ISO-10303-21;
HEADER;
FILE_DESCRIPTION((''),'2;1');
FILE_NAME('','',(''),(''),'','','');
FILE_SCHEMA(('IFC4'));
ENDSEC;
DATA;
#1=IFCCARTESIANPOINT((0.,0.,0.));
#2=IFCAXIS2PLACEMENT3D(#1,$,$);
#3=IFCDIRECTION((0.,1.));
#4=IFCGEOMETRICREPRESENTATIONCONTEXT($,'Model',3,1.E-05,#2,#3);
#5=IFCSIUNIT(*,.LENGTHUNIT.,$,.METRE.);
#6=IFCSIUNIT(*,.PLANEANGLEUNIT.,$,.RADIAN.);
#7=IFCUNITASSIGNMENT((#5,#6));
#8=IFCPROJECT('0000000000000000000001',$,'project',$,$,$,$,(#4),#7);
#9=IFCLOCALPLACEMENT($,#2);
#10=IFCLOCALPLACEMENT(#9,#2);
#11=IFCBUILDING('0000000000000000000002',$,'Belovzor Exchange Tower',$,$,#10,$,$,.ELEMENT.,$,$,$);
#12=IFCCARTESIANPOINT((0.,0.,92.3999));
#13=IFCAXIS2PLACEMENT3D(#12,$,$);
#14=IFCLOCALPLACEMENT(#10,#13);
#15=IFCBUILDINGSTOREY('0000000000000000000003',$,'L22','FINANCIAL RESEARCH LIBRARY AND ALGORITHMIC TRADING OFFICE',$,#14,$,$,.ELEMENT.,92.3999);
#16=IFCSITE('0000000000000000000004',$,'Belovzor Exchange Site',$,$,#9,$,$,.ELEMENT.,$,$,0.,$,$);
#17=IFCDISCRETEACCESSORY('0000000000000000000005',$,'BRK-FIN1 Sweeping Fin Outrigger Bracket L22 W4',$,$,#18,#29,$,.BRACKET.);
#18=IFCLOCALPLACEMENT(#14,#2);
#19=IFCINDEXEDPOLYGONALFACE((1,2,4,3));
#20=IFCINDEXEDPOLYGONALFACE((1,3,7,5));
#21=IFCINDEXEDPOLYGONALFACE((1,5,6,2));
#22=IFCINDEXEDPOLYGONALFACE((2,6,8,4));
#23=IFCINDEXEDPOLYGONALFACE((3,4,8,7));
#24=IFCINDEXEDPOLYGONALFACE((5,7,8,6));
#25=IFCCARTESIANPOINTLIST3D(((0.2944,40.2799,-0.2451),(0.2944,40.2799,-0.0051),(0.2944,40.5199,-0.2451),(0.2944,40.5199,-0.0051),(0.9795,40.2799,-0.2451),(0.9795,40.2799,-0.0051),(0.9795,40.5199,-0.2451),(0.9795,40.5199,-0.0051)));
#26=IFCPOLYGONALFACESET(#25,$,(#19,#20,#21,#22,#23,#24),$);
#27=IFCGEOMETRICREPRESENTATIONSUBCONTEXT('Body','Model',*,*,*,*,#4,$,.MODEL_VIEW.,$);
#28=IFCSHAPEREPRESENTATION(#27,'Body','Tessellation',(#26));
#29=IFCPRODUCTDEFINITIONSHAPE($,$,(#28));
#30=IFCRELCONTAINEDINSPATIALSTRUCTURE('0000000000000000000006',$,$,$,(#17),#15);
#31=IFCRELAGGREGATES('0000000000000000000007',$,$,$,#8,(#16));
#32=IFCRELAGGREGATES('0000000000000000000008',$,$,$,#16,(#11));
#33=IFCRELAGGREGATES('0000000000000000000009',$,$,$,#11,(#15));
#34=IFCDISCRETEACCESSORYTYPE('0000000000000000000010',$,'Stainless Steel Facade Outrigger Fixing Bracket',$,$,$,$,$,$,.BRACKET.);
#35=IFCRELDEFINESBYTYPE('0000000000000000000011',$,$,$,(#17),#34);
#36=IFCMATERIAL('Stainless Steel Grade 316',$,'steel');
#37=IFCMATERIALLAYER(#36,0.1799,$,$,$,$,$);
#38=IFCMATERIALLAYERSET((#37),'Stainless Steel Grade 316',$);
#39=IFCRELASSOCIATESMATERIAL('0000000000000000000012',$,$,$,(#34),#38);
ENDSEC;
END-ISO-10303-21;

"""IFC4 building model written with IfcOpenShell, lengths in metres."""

from ifc_helpers import new_model, si_unit, direction, frame, origin, origin_2d, place, context, subcontext, project, spatial, rectangle, extrude, material, layer, layer_set, type_object, element, save


model = new_model("IFC4")

# Units and contexts
model_context = context("Model", 3, precision=1e-05, world=origin(), true_north=direction((0.0, 1.0)))
body_context = subcontext(model_context, "Body", "Model", "MODEL_VIEW")
ifc_project = project(units=[si_unit("LENGTHUNIT", "METRE"), si_unit("PLANEANGLEUNIT", "RADIAN")], contexts=[model_context])

# Site, building, storey
site_placement = place(None, origin())
site = spatial("IfcSite", under=ifc_project, at=site_placement, Name="Belovzor Exchange Site", CompositionType="ELEMENT", RefElevation=0.0)
building_placement = place(site_placement, origin())
building = spatial("IfcBuilding", under=site, at=building_placement, Name="Belovzor Exchange Tower", CompositionType="ELEMENT")
storey_placement = place(building_placement, frame((0.0, 0.0, 92.3999)))
storey = spatial("IfcBuildingStorey", under=building, at=storey_placement, Name="L22", Description="FINANCIAL RESEARCH LIBRARY AND ALGORITHMIC TRADING OFFICE", CompositionType="ELEMENT", Elevation=92.3999)

# Discrete accessory
ifc_material_1 = material(Name="Stainless Steel Grade 316", Category="steel")
ifc_layer_1 = layer(ifc_material_1, 0.1799)
ifc_layer_set_1 = layer_set([ifc_layer_1], Name="Stainless Steel Grade 316")
discrete_accessory_type = type_object("IfcDiscreteAccessoryType", Name="Stainless Steel Facade Outrigger Fixing Bracket", PredefinedType="BRACKET", material=ifc_layer_set_1)
for number, where, z_axis, x_axis, name in (
    (1, (0.637, 40.3999, -0.2451), (0.0, 0.0, 1.0), (1.0, 0.0, 0.0), "BRK-FIN1 Sweeping Fin Outrigger Bracket L22 W4"),
):
    element("IfcDiscreteAccessory", number, at=place(storey_placement, frame(where, z_axis=z_axis, x_axis=x_axis)), inside=storey, type_object=discrete_accessory_type, Name=name, PredefinedType="BRACKET", context=body_context, shape_type="SweptSolid", body=[
        extrude(rectangle(XDim=0.6851, YDim=0.24, at=origin_2d()), origin(), (0.0, 0.0, 1.0), 0.24),
    ])

save(model, "model.ifc")
